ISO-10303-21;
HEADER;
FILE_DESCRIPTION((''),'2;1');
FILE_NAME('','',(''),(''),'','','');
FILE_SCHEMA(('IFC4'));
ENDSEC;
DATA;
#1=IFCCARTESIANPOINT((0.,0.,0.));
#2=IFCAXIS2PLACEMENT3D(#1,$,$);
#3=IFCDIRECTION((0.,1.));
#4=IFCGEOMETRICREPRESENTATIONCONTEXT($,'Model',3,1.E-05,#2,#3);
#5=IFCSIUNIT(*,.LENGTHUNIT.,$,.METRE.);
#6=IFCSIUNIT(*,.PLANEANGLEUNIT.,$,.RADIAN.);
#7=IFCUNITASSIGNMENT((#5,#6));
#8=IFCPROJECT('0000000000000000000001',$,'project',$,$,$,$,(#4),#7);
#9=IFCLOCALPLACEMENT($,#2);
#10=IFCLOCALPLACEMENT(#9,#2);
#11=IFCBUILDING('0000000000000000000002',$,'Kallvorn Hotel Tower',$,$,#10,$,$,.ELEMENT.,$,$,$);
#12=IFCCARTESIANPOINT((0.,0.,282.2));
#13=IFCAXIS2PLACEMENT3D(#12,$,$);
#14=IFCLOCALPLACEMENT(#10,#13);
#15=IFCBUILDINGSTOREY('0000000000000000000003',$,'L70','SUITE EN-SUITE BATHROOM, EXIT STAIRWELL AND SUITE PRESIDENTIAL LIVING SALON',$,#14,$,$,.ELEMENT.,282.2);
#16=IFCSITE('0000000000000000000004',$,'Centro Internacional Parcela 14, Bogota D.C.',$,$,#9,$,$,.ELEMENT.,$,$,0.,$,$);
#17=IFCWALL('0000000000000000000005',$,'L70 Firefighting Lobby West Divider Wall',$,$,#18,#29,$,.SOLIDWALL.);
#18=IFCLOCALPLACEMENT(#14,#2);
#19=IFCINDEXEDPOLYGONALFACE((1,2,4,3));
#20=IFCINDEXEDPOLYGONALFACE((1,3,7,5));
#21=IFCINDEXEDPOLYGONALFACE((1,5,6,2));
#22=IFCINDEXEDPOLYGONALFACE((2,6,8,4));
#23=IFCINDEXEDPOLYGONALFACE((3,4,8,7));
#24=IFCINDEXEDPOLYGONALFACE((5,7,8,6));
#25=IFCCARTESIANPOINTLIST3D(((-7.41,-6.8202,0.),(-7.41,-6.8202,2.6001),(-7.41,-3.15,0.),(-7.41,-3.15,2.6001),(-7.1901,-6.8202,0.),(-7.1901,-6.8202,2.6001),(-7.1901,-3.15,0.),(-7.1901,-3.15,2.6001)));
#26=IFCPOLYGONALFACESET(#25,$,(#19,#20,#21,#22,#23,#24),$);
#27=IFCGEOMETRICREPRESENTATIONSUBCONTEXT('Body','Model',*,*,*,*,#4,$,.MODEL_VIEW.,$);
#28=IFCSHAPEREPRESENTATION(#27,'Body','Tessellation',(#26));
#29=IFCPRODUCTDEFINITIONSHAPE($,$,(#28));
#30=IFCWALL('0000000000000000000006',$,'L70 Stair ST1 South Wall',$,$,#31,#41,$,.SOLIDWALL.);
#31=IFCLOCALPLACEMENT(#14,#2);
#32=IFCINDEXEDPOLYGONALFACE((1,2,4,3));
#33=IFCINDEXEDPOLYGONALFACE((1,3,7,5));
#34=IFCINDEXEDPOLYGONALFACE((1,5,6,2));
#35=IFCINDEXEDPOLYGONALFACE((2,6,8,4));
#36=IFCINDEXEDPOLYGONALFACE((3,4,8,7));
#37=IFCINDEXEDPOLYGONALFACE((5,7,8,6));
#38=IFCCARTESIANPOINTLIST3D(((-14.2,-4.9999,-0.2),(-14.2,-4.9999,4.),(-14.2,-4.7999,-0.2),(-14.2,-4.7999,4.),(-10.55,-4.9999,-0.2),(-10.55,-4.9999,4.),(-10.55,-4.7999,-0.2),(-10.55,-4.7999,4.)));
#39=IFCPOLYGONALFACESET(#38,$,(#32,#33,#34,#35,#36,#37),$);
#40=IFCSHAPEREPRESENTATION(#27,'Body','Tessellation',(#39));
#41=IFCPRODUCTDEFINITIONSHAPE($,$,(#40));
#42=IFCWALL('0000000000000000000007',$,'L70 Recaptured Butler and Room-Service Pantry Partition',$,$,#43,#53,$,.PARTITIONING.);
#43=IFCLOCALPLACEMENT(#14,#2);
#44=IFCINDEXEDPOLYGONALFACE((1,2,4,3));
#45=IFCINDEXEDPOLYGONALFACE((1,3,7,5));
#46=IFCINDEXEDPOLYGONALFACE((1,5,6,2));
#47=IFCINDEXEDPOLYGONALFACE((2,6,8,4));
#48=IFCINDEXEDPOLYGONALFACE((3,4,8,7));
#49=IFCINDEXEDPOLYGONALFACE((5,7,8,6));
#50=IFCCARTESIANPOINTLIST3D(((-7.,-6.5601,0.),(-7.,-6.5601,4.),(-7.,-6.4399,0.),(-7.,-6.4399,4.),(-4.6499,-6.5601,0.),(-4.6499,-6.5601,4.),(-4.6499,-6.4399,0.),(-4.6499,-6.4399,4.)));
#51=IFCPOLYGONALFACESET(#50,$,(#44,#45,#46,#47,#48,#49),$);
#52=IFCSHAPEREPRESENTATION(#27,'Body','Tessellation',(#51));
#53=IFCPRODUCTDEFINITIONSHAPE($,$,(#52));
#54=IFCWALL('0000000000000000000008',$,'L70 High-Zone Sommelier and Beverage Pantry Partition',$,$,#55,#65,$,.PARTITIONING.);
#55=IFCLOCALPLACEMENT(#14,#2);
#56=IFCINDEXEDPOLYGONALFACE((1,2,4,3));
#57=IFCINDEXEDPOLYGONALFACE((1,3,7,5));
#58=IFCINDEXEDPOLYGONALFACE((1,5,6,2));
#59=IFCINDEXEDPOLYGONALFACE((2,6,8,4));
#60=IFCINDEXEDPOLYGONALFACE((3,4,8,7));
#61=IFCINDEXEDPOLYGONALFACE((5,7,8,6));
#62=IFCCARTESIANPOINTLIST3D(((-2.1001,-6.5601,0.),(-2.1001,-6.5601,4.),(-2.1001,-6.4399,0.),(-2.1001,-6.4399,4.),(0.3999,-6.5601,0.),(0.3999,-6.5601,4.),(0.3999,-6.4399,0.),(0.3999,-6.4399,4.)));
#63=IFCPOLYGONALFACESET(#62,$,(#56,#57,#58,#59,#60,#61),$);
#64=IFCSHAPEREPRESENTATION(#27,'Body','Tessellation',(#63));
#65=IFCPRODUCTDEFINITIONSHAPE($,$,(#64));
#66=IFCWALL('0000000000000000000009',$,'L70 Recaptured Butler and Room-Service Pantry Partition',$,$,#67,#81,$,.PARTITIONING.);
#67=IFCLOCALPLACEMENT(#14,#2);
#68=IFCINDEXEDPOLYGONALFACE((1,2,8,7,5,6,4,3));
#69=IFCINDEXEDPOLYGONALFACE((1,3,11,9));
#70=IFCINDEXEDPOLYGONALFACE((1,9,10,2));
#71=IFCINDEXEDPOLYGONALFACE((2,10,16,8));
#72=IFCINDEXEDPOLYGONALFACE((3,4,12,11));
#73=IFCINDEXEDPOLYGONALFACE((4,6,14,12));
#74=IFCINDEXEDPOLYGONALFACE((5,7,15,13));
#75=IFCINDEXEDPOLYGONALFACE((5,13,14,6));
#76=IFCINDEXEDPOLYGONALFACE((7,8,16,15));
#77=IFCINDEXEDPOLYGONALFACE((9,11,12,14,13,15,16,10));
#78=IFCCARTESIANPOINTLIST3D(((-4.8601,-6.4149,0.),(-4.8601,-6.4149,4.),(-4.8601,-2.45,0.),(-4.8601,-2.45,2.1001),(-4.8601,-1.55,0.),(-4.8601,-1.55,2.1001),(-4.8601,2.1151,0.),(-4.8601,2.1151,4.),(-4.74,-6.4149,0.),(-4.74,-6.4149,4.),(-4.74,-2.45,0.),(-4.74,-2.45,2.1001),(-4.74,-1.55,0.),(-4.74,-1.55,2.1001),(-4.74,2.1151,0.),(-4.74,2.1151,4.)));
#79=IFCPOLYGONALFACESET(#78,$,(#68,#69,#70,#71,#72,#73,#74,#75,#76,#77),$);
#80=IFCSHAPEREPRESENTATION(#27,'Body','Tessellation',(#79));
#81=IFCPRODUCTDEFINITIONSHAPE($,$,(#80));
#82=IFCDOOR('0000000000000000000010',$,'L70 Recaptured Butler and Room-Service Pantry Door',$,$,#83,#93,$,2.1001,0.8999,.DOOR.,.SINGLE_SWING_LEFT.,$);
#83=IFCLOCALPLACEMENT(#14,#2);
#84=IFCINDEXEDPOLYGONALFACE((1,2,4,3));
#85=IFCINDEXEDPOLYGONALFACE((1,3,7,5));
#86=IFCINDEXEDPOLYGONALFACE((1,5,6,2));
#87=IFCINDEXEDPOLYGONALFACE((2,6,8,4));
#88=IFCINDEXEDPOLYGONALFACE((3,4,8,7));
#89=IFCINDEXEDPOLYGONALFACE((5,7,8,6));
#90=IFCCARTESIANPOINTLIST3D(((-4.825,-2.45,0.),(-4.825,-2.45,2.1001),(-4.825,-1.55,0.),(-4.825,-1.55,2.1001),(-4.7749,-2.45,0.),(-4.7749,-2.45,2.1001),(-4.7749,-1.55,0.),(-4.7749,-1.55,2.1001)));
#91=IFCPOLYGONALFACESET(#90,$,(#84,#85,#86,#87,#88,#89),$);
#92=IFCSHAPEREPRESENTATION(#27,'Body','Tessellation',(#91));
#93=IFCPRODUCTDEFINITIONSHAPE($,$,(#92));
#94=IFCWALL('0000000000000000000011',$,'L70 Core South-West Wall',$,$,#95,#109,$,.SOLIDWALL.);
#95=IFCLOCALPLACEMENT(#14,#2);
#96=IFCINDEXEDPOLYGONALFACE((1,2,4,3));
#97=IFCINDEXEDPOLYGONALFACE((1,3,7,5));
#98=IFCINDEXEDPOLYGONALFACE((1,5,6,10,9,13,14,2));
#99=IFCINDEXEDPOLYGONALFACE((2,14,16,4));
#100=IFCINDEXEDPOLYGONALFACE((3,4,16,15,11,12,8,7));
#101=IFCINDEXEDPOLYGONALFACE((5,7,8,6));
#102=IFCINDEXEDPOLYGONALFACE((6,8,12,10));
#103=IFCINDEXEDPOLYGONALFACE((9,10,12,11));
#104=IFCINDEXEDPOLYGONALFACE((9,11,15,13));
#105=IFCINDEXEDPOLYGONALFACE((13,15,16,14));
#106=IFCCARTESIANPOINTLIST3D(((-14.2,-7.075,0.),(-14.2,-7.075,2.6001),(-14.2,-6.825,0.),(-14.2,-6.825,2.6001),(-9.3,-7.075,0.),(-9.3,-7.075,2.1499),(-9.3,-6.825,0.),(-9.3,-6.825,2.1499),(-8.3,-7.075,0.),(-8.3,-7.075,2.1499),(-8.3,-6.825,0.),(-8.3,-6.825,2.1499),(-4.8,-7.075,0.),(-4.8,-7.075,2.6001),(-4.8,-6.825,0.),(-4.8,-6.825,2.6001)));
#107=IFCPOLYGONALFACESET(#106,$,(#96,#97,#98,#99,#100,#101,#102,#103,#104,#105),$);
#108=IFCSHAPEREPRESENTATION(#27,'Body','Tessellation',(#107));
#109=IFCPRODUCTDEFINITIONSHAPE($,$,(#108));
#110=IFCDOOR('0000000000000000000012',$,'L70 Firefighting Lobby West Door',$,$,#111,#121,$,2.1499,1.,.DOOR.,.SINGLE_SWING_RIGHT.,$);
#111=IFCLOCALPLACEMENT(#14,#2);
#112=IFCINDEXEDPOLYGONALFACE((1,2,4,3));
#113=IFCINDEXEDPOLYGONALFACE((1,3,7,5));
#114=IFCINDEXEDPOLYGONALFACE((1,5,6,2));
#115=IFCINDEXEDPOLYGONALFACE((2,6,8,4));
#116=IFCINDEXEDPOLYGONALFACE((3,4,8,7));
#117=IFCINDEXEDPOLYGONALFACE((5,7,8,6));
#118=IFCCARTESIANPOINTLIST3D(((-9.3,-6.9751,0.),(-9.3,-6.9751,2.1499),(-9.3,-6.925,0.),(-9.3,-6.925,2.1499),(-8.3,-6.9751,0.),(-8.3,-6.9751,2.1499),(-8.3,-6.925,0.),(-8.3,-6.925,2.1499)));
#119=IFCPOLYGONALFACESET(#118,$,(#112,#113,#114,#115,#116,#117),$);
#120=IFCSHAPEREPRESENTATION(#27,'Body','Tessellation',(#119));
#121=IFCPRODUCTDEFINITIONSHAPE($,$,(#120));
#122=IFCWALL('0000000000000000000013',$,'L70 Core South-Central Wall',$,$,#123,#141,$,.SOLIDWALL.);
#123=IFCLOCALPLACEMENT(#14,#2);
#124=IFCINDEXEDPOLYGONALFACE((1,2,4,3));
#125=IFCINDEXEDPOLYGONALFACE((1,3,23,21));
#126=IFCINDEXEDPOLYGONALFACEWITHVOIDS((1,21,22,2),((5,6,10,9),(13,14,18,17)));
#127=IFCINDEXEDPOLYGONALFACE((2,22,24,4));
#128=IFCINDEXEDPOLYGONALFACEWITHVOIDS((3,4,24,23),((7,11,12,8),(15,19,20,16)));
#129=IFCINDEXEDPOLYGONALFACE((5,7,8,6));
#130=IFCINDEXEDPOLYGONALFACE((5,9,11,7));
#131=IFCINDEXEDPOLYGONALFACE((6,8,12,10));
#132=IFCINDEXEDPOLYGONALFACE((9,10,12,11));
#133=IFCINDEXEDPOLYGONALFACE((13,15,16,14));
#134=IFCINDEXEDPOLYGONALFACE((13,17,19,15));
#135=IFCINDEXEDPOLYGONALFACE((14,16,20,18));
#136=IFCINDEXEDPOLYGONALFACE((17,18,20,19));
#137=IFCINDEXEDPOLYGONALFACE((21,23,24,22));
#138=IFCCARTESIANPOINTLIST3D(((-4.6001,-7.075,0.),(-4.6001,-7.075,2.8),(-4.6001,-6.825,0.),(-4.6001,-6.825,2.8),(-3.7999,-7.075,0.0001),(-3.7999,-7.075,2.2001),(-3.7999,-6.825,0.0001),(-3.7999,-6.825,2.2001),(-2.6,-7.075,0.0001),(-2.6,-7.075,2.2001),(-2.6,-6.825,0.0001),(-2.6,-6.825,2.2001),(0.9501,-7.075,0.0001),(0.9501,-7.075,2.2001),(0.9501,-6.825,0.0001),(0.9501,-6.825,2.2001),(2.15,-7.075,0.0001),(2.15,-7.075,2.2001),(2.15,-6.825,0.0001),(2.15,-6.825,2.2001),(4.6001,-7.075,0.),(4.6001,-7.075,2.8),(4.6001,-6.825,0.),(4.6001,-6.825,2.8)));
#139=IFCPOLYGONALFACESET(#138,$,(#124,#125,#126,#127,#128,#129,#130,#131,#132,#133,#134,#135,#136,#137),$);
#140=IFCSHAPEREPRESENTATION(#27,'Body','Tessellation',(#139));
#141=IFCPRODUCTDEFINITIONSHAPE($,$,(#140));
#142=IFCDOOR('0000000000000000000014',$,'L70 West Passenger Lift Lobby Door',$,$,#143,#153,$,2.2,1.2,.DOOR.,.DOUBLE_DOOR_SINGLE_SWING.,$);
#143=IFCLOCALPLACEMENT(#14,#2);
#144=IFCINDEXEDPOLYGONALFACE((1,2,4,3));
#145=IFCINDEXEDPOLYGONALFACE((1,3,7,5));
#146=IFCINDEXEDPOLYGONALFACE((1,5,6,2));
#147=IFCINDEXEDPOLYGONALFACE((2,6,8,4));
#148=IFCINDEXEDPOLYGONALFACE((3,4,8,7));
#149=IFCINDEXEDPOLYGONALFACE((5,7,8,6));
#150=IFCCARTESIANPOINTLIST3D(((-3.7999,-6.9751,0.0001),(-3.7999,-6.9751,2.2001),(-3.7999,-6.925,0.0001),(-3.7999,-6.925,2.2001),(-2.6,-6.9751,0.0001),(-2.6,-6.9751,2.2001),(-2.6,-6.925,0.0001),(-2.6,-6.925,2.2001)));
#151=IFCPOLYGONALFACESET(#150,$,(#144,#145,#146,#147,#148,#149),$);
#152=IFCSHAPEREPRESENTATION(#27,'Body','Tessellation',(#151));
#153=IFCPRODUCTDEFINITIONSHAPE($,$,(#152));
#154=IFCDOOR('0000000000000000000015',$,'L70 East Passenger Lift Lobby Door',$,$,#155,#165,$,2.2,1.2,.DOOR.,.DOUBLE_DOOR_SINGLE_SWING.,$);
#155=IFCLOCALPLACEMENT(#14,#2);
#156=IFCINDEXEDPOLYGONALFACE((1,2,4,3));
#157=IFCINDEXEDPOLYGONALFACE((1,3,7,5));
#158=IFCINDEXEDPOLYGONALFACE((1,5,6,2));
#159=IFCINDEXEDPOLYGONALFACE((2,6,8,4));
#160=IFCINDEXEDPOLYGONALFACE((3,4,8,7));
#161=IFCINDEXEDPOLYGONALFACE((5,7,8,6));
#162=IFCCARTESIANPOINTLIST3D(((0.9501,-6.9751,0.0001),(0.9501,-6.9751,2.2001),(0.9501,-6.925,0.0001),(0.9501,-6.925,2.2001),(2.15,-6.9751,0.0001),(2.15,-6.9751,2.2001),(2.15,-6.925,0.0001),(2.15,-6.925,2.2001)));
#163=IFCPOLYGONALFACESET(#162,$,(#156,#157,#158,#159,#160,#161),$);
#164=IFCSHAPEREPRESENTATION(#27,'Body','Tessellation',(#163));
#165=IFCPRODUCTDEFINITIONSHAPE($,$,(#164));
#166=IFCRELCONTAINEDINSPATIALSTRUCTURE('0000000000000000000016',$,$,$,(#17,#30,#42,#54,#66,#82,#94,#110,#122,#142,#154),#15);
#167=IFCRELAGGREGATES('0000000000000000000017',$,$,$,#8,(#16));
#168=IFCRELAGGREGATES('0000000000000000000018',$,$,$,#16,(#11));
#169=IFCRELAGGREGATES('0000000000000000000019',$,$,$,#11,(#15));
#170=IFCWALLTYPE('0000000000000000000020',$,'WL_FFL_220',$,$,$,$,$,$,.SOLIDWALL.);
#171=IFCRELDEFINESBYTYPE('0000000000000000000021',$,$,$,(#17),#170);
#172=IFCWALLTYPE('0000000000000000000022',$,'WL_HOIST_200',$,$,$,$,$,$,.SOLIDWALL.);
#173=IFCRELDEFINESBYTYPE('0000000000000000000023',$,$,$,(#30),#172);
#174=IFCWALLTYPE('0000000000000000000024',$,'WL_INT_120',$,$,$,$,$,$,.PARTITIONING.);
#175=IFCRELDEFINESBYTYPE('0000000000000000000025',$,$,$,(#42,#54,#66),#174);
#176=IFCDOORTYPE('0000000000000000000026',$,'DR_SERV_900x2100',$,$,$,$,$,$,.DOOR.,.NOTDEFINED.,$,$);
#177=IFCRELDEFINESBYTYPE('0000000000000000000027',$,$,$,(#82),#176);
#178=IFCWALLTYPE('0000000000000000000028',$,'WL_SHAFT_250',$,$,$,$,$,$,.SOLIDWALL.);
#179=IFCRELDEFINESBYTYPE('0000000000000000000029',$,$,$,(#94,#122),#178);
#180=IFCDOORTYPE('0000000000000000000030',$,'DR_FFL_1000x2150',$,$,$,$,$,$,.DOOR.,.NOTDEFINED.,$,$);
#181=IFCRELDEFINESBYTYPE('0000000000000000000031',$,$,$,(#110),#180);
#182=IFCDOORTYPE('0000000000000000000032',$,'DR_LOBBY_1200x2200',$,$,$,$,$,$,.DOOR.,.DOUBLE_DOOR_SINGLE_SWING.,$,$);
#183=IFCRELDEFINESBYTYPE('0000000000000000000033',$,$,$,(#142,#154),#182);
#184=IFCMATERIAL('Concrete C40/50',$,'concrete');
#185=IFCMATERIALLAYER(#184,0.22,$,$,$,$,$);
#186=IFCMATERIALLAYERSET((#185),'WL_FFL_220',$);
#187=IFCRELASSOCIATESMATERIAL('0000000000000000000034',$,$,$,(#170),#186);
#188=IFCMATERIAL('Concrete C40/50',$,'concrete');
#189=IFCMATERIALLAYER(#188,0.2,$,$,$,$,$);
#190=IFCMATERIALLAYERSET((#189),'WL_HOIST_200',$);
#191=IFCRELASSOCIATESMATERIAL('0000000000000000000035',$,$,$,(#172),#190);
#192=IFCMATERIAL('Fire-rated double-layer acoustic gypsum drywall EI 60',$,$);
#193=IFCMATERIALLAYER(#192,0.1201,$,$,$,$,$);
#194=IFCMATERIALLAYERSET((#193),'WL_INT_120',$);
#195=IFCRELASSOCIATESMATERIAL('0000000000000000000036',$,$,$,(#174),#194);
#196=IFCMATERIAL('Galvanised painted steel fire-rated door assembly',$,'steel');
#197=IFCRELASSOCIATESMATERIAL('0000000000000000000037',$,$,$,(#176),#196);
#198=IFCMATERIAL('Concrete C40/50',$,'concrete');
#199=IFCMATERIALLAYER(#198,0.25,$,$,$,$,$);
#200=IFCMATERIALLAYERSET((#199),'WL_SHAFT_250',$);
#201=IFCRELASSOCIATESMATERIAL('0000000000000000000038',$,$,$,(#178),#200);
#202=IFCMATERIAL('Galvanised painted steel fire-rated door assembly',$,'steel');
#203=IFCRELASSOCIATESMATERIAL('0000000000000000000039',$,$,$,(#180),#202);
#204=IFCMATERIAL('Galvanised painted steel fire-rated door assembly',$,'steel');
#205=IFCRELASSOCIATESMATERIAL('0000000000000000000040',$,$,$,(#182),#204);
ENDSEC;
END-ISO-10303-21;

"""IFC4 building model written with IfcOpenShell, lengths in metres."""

from ifc_helpers import new_model, si_unit, direction, frame, frame_2d, origin, place, context, subcontext, project, spatial, rectangle, extrude, material, layer, layer_set, type_object, element, fill, save


model = new_model("IFC4")

# Units and contexts
model_context = context("Model", 3, precision=1e-05, world=origin(), true_north=direction((0.0, 1.0)))
body_context = subcontext(model_context, "Body", "Model", "MODEL_VIEW")
ifc_project = project(units=[si_unit("LENGTHUNIT", "METRE"), si_unit("PLANEANGLEUNIT", "RADIAN")], contexts=[model_context])

# Site, building, storey
site_placement = place(None, origin())
site = spatial("IfcSite", under=ifc_project, at=site_placement, Name="Centro Internacional Parcela 14, Bogota D.C.", CompositionType="ELEMENT", RefElevation=0.0)
building_placement = place(site_placement, origin())
building = spatial("IfcBuilding", under=site, at=building_placement, Name="Kallvorn Hotel Tower", CompositionType="ELEMENT")
storey_placement = place(building_placement, frame((0.0, 0.0, 282.2)))
storey = spatial("IfcBuildingStorey", under=building, at=storey_placement, Name="L70", Description="SUITE EN-SUITE BATHROOM, EXIT STAIRWELL AND SUITE PRESIDENTIAL LIVING SALON", CompositionType="ELEMENT", Elevation=282.2)

# Walls
ifc_material_1 = material(Name="Concrete C40/50", Category="concrete")
ifc_layer_1 = layer(ifc_material_1, 0.22)
ifc_layer_set_1 = layer_set([ifc_layer_1], Name="WL_FFL_220")
wall_type_1 = type_object("IfcWallType", Name="WL_FFL_220", PredefinedType="SOLIDWALL", material=ifc_layer_set_1)
wall_1_placement = place(storey_placement, frame((-7.3, -6.8201, 0.0), z_axis=(0.0, 0.0, 1.0), x_axis=(0.0, 1.0, 0.0)))
element("IfcWall", 1, at=wall_1_placement, inside=storey, type_object=wall_type_1, Name="L70 Firefighting Lobby West Divider Wall", PredefinedType="SOLIDWALL", context=body_context, shape_type="SweptSolid", body=[
    extrude(rectangle(XDim=3.6702, YDim=0.22, at=frame_2d((1.835, 0.0))), origin(), (0.0, 0.0, 1.0), 2.6001),
])
ifc_material_2 = material(Name="Concrete C40/50", Category="concrete")
ifc_layer_2 = layer(ifc_material_2, 0.2)
ifc_layer_set_2 = layer_set([ifc_layer_2], Name="WL_HOIST_200")
wall_type_2 = type_object("IfcWallType", Name="WL_HOIST_200", PredefinedType="SOLIDWALL", material=ifc_layer_set_2)
wall_2_placement = place(storey_placement, frame((-14.2, -4.8999, -0.2), z_axis=(0.0, 0.0, 1.0), x_axis=(1.0, 0.0, 0.0)))
element("IfcWall", 2, at=wall_2_placement, inside=storey, type_object=wall_type_2, Name="L70 Stair ST1 South Wall", PredefinedType="SOLIDWALL", context=body_context, shape_type="SweptSolid", body=[
    extrude(rectangle(XDim=3.6499, YDim=0.2, at=frame_2d((1.825, 0.0))), origin(), (0.0, 0.0, 1.0), 4.2),
])
ifc_material_3 = material(Name="Fire-rated double-layer acoustic gypsum drywall EI 60")
ifc_layer_3 = layer(ifc_material_3, 0.1201)
ifc_layer_set_3 = layer_set([ifc_layer_3], Name="WL_INT_120")
wall_type_3 = type_object("IfcWallType", Name="WL_INT_120", PredefinedType="PARTITIONING", material=ifc_layer_set_3)
wall_3_placement = place(storey_placement, frame((-7.0, -6.5, 0.0), z_axis=(0.0, 0.0, 1.0), x_axis=(1.0, 0.0, 0.0)))
element("IfcWall", 3, at=wall_3_placement, inside=storey, type_object=wall_type_3, Name="L70 Recaptured Butler and Room-Service Pantry Partition", PredefinedType="PARTITIONING", context=body_context, shape_type="SweptSolid", body=[
    extrude(rectangle(XDim=2.3501, YDim=0.1201, at=frame_2d((1.175, 0.0))), origin(), (0.0, 0.0, 1.0), 4.0),
])
wall_4_placement = place(storey_placement, frame((-2.1001, -6.5, 0.0), z_axis=(0.0, 0.0, 1.0), x_axis=(1.0, 0.0, 0.0)))
element("IfcWall", 4, at=wall_4_placement, inside=storey, type_object=wall_type_3, Name="L70 High-Zone Sommelier and Beverage Pantry Partition", PredefinedType="PARTITIONING", context=body_context, shape_type="SweptSolid", body=[
    extrude(rectangle(XDim=2.5, YDim=0.1201, at=frame_2d((1.25, 0.0))), origin(), (0.0, 0.0, 1.0), 4.0),
])

# Walls, openings, doors
wall_5_placement = place(storey_placement, frame((-4.8, -6.415, 0.0), z_axis=(0.0, 0.0, 1.0), x_axis=(0.0, 1.0, 0.0)))
wall_5 = element("IfcWall", 5, at=wall_5_placement, inside=storey, type_object=wall_type_3, Name="L70 Recaptured Butler and Room-Service Pantry Partition", PredefinedType="PARTITIONING", context=body_context, shape_type="SweptSolid", body=[
    extrude(rectangle(XDim=8.53, YDim=0.1201, at=frame_2d((4.2651, 0.0))), origin(), (0.0, 0.0, 1.0), 4.0),
])
opening_1_placement = place(wall_5_placement, frame((3.9651, 0.0, 0.0)))
opening_1 = element("IfcOpeningElement", 6, at=opening_1_placement, cuts=wall_5, PredefinedType="OPENING", context=body_context, shape_type="SweptSolid", body=[
    extrude(rectangle(XDim=0.8999, YDim=2.1001, at=frame_2d((0.45, 1.05))), frame((0.0, 0.075, 0.0), z_axis=(0.0, -1.0, 0.0), x_axis=(1.0, 0.0, 0.0)), (0.0, 0.0, 1.0), 0.1501),
])
ifc_material_4 = material(Name="Galvanised painted steel fire-rated door assembly", Category="steel")
door_type_1 = type_object("IfcDoorType", Name="DR_SERV_900x2100", OperationType="NOTDEFINED", PredefinedType="DOOR", material=ifc_material_4)
door_1_placement = place(opening_1_placement, origin())
door_1 = element("IfcDoor", 7, at=door_1_placement, inside=storey, type_object=door_type_1, Name="L70 Recaptured Butler and Room-Service Pantry Door", OperationType="SINGLE_SWING_LEFT", OverallHeight=2.1001, OverallWidth=0.8999, PredefinedType="DOOR", context=body_context, shape_type="SweptSolid", body=[
    extrude(rectangle(XDim=0.8999, YDim=2.1001, at=frame_2d((0.45, 1.05))), frame((0.0, 0.0249, 0.0), z_axis=(0.0, -1.0, 0.0), x_axis=(1.0, 0.0, 0.0)), (0.0, 0.0, 1.0), 0.05),
])
fill(opening_1, door_1)
ifc_material_5 = material(Name="Concrete C40/50", Category="concrete")
ifc_layer_4 = layer(ifc_material_5, 0.25)
ifc_layer_set_4 = layer_set([ifc_layer_4], Name="WL_SHAFT_250")
wall_type_4 = type_object("IfcWallType", Name="WL_SHAFT_250", PredefinedType="SOLIDWALL", material=ifc_layer_set_4)
wall_6_placement = place(storey_placement, frame((-14.2, -6.95, 0.0), z_axis=(0.0, 0.0, 1.0), x_axis=(1.0, 0.0, 0.0)))
wall_6 = element("IfcWall", 8, at=wall_6_placement, inside=storey, type_object=wall_type_4, Name="L70 Core South-West Wall", PredefinedType="SOLIDWALL", context=body_context, shape_type="SweptSolid", body=[
    extrude(rectangle(XDim=9.3999, YDim=0.25, at=frame_2d((4.7, 0.0))), origin(), (0.0, 0.0, 1.0), 2.6001),
])
opening_2_placement = place(wall_6_placement, frame((4.8999, 0.0, 0.0)))
opening_2 = element("IfcOpeningElement", 9, at=opening_2_placement, cuts=wall_6, PredefinedType="OPENING", context=body_context, shape_type="SweptSolid", body=[
    extrude(rectangle(XDim=1.0, YDim=2.1499, at=frame_2d((0.5, 1.075))), frame((0.0, 0.1399, 0.0), z_axis=(0.0, -1.0, 0.0), x_axis=(1.0, 0.0, 0.0)), (0.0, 0.0, 1.0), 0.28),
])
ifc_material_6 = material(Name="Galvanised painted steel fire-rated door assembly", Category="steel")
door_type_2 = type_object("IfcDoorType", Name="DR_FFL_1000x2150", OperationType="NOTDEFINED", PredefinedType="DOOR", material=ifc_material_6)
door_2_placement = place(opening_2_placement, origin())
door_2 = element("IfcDoor", 10, at=door_2_placement, inside=storey, type_object=door_type_2, Name="L70 Firefighting Lobby West Door", OperationType="SINGLE_SWING_RIGHT", OverallHeight=2.1499, OverallWidth=1.0, PredefinedType="DOOR", context=body_context, shape_type="SweptSolid", body=[
    extrude(rectangle(XDim=1.0, YDim=2.1499, at=frame_2d((0.5, 1.075))), frame((0.0, 0.0249, 0.0), z_axis=(0.0, -1.0, 0.0), x_axis=(1.0, 0.0, 0.0)), (0.0, 0.0, 1.0), 0.05),
])
fill(opening_2, door_2)

# Wall, openings, doors
wall_7_placement = place(storey_placement, frame((-4.6001, -6.95, 0.0), z_axis=(0.0, 0.0, 1.0), x_axis=(1.0, 0.0, 0.0)))
wall_7 = element("IfcWall", 11, at=wall_7_placement, inside=storey, type_object=wall_type_4, Name="L70 Core South-Central Wall", PredefinedType="SOLIDWALL", context=body_context, shape_type="SweptSolid", body=[
    extrude(rectangle(XDim=9.2002, YDim=0.25, at=frame_2d((4.6001, 0.0))), origin(), (0.0, 0.0, 1.0), 2.8),
])
opening_3_placement = place(wall_7_placement, frame((0.8, 0.0, 0.0)))
opening_3 = element("IfcOpeningElement", 12, at=opening_3_placement, cuts=wall_7, PredefinedType="OPENING", context=body_context, shape_type="SweptSolid", body=[
    extrude(rectangle(XDim=1.2, YDim=2.2, at=frame_2d((0.6001, 1.1001))), frame((0.0, 0.1399, 0.0), z_axis=(0.0, -1.0, 0.0), x_axis=(1.0, 0.0, 0.0)), (0.0, 0.0, 1.0), 0.28),
])
opening_4_placement = place(wall_7_placement, frame((5.55, 0.0, 0.0)))
opening_4 = element("IfcOpeningElement", 13, at=opening_4_placement, cuts=wall_7, PredefinedType="OPENING", context=body_context, shape_type="SweptSolid", body=[
    extrude(rectangle(XDim=1.2, YDim=2.2, at=frame_2d((0.6001, 1.1001))), frame((0.0, 0.1399, 0.0), z_axis=(0.0, -1.0, 0.0), x_axis=(1.0, 0.0, 0.0)), (0.0, 0.0, 1.0), 0.28),
])
ifc_material_7 = material(Name="Galvanised painted steel fire-rated door assembly", Category="steel")
door_type_3 = type_object("IfcDoorType", Name="DR_LOBBY_1200x2200", OperationType="DOUBLE_DOOR_SINGLE_SWING", PredefinedType="DOOR", material=ifc_material_7)
door_3_placement = place(opening_3_placement, origin())
door_3 = element("IfcDoor", 14, at=door_3_placement, inside=storey, type_object=door_type_3, Name="L70 West Passenger Lift Lobby Door", OperationType="DOUBLE_DOOR_SINGLE_SWING", OverallHeight=2.2, OverallWidth=1.2, PredefinedType="DOOR", context=body_context, shape_type="SweptSolid", body=[
    extrude(rectangle(XDim=1.2, YDim=2.2, at=frame_2d((0.6001, 1.1001))), frame((0.0, 0.0249, 0.0), z_axis=(0.0, -1.0, 0.0), x_axis=(1.0, 0.0, 0.0)), (0.0, 0.0, 1.0), 0.05),
])
fill(opening_3, door_3)
door_4_placement = place(opening_4_placement, origin())
door_4 = element("IfcDoor", 15, at=door_4_placement, inside=storey, type_object=door_type_3, Name="L70 East Passenger Lift Lobby Door", OperationType="DOUBLE_DOOR_SINGLE_SWING", OverallHeight=2.2, OverallWidth=1.2, PredefinedType="DOOR", context=body_context, shape_type="SweptSolid", body=[
    extrude(rectangle(XDim=1.2, YDim=2.2, at=frame_2d((0.6001, 1.1001))), frame((0.0, 0.0249, 0.0), z_axis=(0.0, -1.0, 0.0), x_axis=(1.0, 0.0, 0.0)), (0.0, 0.0, 1.0), 0.05),
])
fill(opening_4, door_4)

save(model, "model.ifc")
